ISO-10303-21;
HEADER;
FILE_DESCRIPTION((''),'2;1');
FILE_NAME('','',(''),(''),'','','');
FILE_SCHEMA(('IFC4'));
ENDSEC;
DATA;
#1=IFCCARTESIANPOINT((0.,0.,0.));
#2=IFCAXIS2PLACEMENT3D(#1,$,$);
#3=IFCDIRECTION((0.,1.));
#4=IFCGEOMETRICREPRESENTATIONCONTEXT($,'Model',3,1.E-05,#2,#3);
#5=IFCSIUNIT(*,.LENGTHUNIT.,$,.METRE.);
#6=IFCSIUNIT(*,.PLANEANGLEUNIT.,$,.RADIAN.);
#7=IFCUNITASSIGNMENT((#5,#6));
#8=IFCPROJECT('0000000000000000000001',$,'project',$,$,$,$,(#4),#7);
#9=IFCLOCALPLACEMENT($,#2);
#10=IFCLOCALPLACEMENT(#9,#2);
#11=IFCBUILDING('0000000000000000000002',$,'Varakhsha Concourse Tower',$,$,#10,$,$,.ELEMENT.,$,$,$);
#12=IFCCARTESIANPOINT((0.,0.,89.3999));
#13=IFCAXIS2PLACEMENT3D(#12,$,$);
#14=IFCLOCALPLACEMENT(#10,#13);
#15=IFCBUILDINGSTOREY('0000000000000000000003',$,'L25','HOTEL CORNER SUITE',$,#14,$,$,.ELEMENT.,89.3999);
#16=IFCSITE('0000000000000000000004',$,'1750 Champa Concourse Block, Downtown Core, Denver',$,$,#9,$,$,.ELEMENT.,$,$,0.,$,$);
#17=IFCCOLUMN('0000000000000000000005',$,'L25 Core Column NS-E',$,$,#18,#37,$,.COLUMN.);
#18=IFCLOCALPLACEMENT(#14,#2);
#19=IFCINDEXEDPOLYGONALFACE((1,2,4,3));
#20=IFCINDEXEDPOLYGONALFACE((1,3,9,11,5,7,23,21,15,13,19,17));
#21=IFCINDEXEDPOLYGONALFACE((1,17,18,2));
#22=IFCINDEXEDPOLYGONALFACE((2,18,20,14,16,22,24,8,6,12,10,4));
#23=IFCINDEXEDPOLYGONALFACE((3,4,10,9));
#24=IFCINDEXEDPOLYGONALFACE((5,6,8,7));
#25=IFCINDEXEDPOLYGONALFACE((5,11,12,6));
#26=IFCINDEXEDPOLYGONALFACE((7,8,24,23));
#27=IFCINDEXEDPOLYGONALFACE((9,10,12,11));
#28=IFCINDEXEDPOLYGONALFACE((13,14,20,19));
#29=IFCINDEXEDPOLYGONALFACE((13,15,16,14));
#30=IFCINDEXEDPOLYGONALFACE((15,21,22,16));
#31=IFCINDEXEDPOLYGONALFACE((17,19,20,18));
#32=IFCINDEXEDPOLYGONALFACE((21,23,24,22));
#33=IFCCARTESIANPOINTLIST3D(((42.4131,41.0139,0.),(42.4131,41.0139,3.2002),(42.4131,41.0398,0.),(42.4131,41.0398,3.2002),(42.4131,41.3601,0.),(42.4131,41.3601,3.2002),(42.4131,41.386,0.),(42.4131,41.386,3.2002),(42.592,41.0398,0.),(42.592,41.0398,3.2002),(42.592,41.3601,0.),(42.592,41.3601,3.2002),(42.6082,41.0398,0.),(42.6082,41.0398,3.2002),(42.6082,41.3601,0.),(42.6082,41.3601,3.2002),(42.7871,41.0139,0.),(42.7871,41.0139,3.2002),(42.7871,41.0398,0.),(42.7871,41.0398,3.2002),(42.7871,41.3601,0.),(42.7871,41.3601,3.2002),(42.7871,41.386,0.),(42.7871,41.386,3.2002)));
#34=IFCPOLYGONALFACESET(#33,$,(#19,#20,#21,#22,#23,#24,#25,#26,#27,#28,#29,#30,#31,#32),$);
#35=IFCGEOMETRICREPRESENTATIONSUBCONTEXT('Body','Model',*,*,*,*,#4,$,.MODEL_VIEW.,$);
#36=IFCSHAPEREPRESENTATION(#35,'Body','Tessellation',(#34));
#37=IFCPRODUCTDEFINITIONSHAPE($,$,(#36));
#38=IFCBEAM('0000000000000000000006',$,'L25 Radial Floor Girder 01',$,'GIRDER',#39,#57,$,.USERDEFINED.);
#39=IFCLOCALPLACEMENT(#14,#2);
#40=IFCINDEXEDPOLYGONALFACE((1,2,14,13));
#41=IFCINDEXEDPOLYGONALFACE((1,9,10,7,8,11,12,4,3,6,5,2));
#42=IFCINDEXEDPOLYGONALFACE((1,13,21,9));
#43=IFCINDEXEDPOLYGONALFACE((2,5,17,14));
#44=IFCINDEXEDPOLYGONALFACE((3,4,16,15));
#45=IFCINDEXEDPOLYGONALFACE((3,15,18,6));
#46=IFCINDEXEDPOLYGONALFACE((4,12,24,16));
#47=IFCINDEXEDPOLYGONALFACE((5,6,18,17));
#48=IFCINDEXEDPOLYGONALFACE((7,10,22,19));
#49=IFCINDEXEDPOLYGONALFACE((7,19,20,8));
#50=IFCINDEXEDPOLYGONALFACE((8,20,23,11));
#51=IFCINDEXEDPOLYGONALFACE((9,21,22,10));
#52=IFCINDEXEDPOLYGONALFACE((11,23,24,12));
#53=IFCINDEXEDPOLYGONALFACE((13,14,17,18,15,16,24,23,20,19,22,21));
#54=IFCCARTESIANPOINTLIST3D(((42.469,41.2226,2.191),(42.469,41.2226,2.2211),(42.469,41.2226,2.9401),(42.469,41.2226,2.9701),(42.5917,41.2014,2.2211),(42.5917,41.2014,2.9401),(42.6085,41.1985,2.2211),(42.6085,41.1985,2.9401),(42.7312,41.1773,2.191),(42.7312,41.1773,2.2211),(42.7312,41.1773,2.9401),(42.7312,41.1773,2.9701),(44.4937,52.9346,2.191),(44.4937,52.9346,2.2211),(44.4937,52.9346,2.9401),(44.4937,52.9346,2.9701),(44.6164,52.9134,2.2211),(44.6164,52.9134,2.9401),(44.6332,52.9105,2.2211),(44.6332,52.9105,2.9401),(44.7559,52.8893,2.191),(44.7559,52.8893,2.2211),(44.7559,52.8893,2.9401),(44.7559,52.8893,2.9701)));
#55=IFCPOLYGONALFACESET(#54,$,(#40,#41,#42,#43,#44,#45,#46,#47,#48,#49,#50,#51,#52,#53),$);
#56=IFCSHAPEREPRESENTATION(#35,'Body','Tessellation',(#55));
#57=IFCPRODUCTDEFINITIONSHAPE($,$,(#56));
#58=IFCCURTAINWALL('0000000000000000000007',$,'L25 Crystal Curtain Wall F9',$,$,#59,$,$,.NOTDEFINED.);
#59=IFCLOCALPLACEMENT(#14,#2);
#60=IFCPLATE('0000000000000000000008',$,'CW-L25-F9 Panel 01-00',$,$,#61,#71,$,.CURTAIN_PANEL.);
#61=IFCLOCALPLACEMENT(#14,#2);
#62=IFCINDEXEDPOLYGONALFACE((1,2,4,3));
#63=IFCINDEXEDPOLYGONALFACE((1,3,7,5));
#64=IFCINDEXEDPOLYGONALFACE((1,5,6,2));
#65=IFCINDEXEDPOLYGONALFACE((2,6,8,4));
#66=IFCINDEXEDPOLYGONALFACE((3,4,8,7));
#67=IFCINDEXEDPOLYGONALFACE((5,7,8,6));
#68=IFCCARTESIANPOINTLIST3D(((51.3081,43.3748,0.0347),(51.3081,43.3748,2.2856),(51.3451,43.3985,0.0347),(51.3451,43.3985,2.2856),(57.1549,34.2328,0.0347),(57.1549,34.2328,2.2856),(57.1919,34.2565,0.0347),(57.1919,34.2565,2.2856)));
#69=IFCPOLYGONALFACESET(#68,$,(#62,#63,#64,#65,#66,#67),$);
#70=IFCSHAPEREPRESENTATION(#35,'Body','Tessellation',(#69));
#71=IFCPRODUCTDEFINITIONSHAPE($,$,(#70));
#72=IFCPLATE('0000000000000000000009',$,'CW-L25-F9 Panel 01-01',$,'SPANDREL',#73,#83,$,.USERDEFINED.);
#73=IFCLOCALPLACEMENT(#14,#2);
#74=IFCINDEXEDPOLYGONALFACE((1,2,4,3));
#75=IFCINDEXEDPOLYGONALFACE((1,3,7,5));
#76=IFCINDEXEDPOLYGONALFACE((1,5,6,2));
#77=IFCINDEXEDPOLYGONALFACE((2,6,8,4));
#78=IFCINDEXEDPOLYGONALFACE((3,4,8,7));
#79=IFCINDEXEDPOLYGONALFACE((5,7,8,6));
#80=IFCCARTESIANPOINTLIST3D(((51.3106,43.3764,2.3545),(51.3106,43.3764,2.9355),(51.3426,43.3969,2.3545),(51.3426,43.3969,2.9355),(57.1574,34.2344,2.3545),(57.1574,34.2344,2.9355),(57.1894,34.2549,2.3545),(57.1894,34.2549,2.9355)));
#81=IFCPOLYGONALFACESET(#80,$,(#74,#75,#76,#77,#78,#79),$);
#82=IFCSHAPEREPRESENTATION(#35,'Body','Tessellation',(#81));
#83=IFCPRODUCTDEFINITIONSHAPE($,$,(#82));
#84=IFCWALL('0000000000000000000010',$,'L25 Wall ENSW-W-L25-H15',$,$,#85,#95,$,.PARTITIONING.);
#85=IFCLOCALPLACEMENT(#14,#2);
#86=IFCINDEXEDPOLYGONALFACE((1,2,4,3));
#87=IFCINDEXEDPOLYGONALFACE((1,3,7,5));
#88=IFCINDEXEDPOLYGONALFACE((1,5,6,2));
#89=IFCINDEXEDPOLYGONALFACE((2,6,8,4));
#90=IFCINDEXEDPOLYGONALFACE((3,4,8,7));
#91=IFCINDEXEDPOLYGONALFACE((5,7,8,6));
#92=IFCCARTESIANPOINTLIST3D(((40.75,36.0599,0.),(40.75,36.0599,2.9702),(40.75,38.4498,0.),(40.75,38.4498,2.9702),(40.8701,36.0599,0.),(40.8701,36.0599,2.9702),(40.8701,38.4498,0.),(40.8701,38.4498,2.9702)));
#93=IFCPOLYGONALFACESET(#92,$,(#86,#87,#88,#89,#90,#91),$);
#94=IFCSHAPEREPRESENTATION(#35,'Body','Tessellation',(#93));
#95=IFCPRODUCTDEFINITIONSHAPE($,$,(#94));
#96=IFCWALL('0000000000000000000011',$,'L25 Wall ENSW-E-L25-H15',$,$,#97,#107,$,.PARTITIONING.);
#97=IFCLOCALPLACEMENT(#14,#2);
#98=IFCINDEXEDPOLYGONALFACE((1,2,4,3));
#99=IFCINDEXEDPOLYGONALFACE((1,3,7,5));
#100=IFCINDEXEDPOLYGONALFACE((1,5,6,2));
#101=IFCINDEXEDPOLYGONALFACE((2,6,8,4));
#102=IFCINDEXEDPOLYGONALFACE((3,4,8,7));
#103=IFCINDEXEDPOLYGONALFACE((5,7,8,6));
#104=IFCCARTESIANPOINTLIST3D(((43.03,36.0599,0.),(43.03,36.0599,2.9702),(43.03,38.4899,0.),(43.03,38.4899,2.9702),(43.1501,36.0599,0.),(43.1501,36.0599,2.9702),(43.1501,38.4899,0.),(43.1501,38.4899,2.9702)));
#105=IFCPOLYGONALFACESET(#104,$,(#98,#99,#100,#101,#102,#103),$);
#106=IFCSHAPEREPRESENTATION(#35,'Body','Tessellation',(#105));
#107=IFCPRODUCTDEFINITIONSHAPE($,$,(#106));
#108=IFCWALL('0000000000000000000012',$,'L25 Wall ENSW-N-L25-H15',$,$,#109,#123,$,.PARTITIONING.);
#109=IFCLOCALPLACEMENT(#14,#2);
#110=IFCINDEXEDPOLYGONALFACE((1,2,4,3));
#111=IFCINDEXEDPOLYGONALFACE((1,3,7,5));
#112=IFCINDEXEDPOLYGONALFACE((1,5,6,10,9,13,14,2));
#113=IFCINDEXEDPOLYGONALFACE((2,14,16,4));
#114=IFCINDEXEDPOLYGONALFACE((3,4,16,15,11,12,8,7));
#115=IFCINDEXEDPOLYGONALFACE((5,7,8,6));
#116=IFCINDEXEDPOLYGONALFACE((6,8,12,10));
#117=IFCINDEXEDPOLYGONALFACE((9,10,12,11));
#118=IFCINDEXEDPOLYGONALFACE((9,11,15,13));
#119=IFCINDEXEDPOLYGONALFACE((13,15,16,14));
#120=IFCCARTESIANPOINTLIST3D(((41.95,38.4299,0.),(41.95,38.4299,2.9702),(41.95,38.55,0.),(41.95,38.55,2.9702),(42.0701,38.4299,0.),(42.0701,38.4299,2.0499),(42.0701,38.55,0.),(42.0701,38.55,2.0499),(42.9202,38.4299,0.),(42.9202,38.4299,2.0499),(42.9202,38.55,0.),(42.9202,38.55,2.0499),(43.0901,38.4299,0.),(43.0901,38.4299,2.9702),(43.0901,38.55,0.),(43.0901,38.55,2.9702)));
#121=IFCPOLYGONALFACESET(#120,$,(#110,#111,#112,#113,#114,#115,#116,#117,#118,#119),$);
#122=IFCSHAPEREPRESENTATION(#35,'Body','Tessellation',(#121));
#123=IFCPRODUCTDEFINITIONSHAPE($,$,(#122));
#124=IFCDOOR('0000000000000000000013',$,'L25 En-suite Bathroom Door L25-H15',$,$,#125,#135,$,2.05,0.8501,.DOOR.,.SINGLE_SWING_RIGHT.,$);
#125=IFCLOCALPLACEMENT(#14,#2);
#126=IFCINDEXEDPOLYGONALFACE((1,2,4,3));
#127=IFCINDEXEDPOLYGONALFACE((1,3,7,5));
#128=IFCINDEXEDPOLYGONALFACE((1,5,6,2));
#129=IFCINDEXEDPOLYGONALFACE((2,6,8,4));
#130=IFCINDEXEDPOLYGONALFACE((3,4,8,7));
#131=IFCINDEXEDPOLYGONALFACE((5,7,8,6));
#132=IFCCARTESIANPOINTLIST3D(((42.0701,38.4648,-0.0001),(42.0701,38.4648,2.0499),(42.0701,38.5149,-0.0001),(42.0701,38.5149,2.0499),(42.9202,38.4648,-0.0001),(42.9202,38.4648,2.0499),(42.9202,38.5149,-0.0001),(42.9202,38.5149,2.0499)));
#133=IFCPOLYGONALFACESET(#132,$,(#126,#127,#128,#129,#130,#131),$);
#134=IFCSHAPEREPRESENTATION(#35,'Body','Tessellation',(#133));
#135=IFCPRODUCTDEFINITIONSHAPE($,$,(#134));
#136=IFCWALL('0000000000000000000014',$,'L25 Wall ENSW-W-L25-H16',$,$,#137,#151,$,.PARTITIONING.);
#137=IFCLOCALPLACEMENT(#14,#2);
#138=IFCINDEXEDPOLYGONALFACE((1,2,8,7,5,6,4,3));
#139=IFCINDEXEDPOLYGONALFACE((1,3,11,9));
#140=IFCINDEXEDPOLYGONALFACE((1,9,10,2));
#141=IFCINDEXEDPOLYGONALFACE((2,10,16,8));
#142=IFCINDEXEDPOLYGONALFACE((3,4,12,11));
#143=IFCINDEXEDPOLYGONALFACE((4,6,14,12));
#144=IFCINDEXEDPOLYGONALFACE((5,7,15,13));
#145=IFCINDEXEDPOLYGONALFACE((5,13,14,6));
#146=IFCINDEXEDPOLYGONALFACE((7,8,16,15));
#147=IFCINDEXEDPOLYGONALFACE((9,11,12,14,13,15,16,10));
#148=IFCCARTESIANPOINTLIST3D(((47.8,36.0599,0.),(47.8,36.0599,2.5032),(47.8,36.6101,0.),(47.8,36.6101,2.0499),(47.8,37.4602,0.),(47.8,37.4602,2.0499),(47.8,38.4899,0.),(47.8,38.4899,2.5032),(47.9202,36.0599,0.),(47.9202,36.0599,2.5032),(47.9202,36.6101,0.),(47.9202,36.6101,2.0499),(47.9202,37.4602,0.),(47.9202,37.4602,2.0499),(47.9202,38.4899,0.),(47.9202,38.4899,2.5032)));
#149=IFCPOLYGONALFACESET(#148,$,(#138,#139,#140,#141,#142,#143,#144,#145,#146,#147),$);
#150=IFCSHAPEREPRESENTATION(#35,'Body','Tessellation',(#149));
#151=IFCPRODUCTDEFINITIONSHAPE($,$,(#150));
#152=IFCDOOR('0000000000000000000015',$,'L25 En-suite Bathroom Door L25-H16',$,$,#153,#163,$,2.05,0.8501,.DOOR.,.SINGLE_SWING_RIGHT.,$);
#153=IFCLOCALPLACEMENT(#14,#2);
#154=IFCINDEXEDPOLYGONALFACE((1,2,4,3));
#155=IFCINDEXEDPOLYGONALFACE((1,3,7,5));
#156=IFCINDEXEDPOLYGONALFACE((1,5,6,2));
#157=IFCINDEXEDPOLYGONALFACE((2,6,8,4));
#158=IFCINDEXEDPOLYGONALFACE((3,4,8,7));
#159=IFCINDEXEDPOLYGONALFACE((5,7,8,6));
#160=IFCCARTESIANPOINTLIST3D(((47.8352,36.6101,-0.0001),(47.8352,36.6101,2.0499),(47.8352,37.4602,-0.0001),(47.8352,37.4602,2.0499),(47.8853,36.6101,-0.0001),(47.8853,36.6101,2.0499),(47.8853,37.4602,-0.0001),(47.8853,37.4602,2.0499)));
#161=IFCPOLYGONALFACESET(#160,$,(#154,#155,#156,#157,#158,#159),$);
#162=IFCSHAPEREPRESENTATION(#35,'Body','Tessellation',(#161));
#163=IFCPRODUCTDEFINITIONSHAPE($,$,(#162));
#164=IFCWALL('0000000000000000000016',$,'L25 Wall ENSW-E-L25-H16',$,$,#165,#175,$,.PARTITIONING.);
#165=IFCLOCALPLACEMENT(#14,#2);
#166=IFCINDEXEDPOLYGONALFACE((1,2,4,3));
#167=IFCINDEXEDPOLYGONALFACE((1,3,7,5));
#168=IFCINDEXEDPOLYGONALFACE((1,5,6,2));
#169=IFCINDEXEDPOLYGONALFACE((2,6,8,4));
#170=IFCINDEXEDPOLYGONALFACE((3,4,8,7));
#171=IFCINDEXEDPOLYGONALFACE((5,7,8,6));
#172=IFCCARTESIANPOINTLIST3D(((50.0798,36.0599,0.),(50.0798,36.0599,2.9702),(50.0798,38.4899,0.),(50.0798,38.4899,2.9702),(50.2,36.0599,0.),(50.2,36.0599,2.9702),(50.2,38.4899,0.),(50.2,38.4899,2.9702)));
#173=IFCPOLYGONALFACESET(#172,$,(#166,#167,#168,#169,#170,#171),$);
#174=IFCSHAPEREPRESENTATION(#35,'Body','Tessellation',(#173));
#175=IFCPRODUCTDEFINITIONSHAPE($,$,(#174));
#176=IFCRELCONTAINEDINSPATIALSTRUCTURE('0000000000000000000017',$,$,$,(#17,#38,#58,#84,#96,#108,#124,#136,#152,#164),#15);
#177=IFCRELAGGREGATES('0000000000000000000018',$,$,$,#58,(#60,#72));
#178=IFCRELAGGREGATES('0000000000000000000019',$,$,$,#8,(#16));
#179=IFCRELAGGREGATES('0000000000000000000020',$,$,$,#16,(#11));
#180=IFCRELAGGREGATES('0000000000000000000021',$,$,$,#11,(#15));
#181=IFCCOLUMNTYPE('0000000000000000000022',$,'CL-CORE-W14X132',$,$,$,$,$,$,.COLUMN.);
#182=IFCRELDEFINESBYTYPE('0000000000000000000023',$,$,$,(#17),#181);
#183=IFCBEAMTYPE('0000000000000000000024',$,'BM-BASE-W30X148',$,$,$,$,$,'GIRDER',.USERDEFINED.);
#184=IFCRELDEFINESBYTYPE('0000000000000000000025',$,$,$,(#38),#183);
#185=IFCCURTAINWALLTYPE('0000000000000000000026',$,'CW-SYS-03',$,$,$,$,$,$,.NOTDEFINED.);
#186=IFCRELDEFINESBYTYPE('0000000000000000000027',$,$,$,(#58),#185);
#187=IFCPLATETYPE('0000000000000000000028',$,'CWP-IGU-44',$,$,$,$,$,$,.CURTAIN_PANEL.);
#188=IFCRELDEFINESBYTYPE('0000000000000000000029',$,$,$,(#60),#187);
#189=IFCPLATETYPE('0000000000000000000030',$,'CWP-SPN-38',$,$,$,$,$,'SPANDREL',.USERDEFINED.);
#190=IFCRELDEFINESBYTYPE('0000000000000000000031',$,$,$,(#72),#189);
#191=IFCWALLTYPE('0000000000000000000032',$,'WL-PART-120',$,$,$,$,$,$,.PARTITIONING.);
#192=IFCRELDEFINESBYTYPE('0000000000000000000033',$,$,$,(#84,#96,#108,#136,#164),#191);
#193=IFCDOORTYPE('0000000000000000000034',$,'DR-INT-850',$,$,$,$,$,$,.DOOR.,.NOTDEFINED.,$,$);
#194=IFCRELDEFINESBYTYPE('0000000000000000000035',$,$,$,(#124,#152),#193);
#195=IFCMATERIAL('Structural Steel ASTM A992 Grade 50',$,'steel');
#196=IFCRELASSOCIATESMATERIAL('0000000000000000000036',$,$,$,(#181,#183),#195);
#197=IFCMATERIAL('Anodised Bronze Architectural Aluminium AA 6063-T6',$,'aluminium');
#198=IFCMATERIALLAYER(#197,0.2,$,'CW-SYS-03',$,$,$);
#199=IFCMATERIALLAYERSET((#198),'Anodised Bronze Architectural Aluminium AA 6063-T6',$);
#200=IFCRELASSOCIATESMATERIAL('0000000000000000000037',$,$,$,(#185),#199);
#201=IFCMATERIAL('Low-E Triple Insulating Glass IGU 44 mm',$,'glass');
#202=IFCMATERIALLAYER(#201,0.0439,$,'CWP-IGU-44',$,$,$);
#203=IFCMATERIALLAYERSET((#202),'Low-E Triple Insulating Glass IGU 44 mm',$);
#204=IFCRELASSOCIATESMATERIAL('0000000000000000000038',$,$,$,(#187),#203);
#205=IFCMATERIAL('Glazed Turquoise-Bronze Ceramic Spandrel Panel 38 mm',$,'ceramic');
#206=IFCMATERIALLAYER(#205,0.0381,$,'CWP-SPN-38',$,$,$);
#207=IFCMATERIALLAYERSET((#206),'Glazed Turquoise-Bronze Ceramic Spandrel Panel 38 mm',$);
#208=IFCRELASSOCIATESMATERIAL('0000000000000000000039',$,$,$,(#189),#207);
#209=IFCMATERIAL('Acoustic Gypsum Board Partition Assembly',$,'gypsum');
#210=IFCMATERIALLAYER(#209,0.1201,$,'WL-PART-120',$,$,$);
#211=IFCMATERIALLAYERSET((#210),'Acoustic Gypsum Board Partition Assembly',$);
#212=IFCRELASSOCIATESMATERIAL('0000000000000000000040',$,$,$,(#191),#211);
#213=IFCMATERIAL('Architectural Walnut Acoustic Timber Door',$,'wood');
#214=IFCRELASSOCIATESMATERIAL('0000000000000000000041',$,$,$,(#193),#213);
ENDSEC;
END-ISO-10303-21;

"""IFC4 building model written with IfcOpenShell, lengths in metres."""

from ifc_helpers import new_model, si_unit, direction, frame, frame_2d, origin, origin_2d, place, context, subcontext, project, spatial, rectangle, i_section, extrude, source, transform, mapped, material, layer, layer_set, material_profile, profile_set, type_object, type_shapes, element, fill, aggregate, save


model = new_model("IFC4")

# Units and contexts
model_context = context("Model", 3, precision=1e-05, world=origin(), true_north=direction((0.0, 1.0)))
body_context = subcontext(model_context, "Body", "Model", "MODEL_VIEW")
ifc_project = project(units=[si_unit("LENGTHUNIT", "METRE"), si_unit("PLANEANGLEUNIT", "RADIAN")], contexts=[model_context])

# Site, building, storey
site_placement = place(None, origin())
site = spatial("IfcSite", under=ifc_project, at=site_placement, Name="1750 Champa Concourse Block, Downtown Core, Denver", CompositionType="ELEMENT", RefElevation=0.0)
building_placement = place(site_placement, origin())
building = spatial("IfcBuilding", under=site, at=building_placement, Name="Varakhsha Concourse Tower", CompositionType="ELEMENT")
storey_placement = place(building_placement, frame((0.0, 0.0, 89.3999)))
storey = spatial("IfcBuildingStorey", under=building, at=storey_placement, Name="L25", Description="HOTEL CORNER SUITE", CompositionType="ELEMENT", Elevation=89.3999)

# Column
ifc_material_1 = material(Name="Structural Steel ASTM A992 Grade 50", Category="steel")
ifc_material_profile_1 = material_profile(ifc_material_1, i_section(OverallWidth=0.374, OverallDepth=0.3721, WebThickness=0.0161, FlangeThickness=0.0259, at=origin_2d()), Name="W14X132")
ifc_profile_set_1 = profile_set([ifc_material_profile_1], Name="Structural Steel ASTM A992 Grade 50")
column_type = type_object("IfcColumnType", Name="CL-CORE-W14X132", PredefinedType="COLUMN", material=ifc_profile_set_1)
column_placement = place(storey_placement, frame((42.6001, 41.2, 0.0), z_axis=(0.0, 0.0, 1.0), x_axis=(1.0, 0.0, 0.0)))
element("IfcColumn", 1, at=column_placement, inside=storey, type_object=column_type, Name="L25 Core Column NS-E", PredefinedType="COLUMN", context=body_context, shape_type="SweptSolid", body=[
    extrude(i_section(OverallWidth=0.374, OverallDepth=0.3721, WebThickness=0.0161, FlangeThickness=0.0259, at=origin_2d()), origin(), (0.0, 0.0, 1.0), 3.2002),
])

# Beam
ifc_material_profile_2 = material_profile(ifc_material_1, i_section(OverallWidth=0.2661, OverallDepth=0.7791, WebThickness=0.0171, FlangeThickness=0.03, at=origin_2d()), Name="W30X148")
ifc_profile_set_2 = profile_set([ifc_material_profile_2], Name="Structural Steel ASTM A992 Grade 50")
beam_type = type_object("IfcBeamType", Name="BM-BASE-W30X148", ElementType="GIRDER", PredefinedType="USERDEFINED", material=ifc_profile_set_2)
beam_placement = place(storey_placement, frame((42.6001, 41.2, 2.5806), z_axis=(0.170345, 0.985384, 0.0), x_axis=(-0.985384, 0.170345, 0.0)))
element("IfcBeam", 2, at=beam_placement, inside=storey, type_object=beam_type, Name="L25 Radial Floor Girder 01", ObjectType="GIRDER", PredefinedType="USERDEFINED", context=body_context, shape_type="SweptSolid", body=[
    extrude(i_section(OverallWidth=0.2661, OverallDepth=0.7791, WebThickness=0.0171, FlangeThickness=0.03, at=origin_2d()), origin(), (0.0, 0.0, 1.0), 11.8857),
])

# Curtain wall, plates
ifc_material_2 = material(Name="Anodised Bronze Architectural Aluminium AA 6063-T6", Category="aluminium")
ifc_layer_1 = layer(ifc_material_2, 0.2, Name="CW-SYS-03")
ifc_layer_set_1 = layer_set([ifc_layer_1], Name="Anodised Bronze Architectural Aluminium AA 6063-T6")
curtain_wall_type = type_object("IfcCurtainWallType", Name="CW-SYS-03", PredefinedType="NOTDEFINED", material=ifc_layer_set_1)
curtain_wall_placement = place(storey_placement, origin())
curtain_wall = element("IfcCurtainWall", 3, at=curtain_wall_placement, inside=storey, type_object=curtain_wall_type, Name="L25 Crystal Curtain Wall F9", PredefinedType="NOTDEFINED")
ifc_material_3 = material(Name="Low-E Triple Insulating Glass IGU 44 mm", Category="glass")
ifc_layer_2 = layer(ifc_material_3, 0.0439, Name="CWP-IGU-44")
ifc_layer_set_2 = layer_set([ifc_layer_2], Name="Low-E Triple Insulating Glass IGU 44 mm")
plate_type_1 = type_object("IfcPlateType", Name="CWP-IGU-44", PredefinedType="CURTAIN_PANEL", material=ifc_layer_set_2)
shared_shape_1 = source(origin(), body_context, "Body", "SweptSolid", [
    extrude(rectangle(XDim=10.8518, YDim=0.0439, at=origin_2d()), origin(), (0.0, 0.0, 1.0), 2.251),
])
type_shapes(plate_type_1, [shared_shape_1])
plate_1_placement = place(storey_placement, frame((54.25, 38.8157, 0.0347), z_axis=(0.0, 0.0, 1.0), x_axis=(0.538787, -0.842442, 0.0)))
plate_1 = element("IfcPlate", 4, at=plate_1_placement, type_object=plate_type_1, Name="CW-L25-F9 Panel 01-00", PredefinedType="CURTAIN_PANEL", context=body_context, shape_type="MappedRepresentation", body=[
    mapped(shared_shape_1, transform((0.0, 0.0, 0.0), scale=1.0)),
])
ifc_material_4 = material(Name="Glazed Turquoise-Bronze Ceramic Spandrel Panel 38 mm", Category="ceramic")
ifc_layer_3 = layer(ifc_material_4, 0.0381, Name="CWP-SPN-38")
ifc_layer_set_3 = layer_set([ifc_layer_3], Name="Glazed Turquoise-Bronze Ceramic Spandrel Panel 38 mm")
plate_type_2 = type_object("IfcPlateType", Name="CWP-SPN-38", ElementType="SPANDREL", PredefinedType="USERDEFINED", material=ifc_layer_set_3)
shared_shape_2 = source(origin(), body_context, "Body", "SweptSolid", [
    extrude(rectangle(XDim=10.8518, YDim=0.0381, at=origin_2d()), origin(), (0.0, 0.0, 1.0), 0.5811),
])
type_shapes(plate_type_2, [shared_shape_2])
plate_2_placement = place(storey_placement, frame((54.25, 38.8157, 2.3545), z_axis=(0.0, 0.0, 1.0), x_axis=(0.538787, -0.842442, 0.0)))
plate_2 = element("IfcPlate", 5, at=plate_2_placement, type_object=plate_type_2, Name="CW-L25-F9 Panel 01-01", ObjectType="SPANDREL", PredefinedType="USERDEFINED", context=body_context, shape_type="MappedRepresentation", body=[
    mapped(shared_shape_2, transform((0.0, 0.0, 0.0), scale=1.0)),
])
aggregate(curtain_wall, [plate_1, plate_2])

# Walls
ifc_material_5 = material(Name="Acoustic Gypsum Board Partition Assembly", Category="gypsum")
ifc_layer_4 = layer(ifc_material_5, 0.1201, Name="WL-PART-120")
ifc_layer_set_4 = layer_set([ifc_layer_4], Name="Acoustic Gypsum Board Partition Assembly")
wall_type_1 = type_object("IfcWallType", Name="WL-PART-120", PredefinedType="PARTITIONING", material=ifc_layer_set_4)
wall_1_placement = place(storey_placement, frame((40.8101, 36.0601, 0.0), z_axis=(0.0, 0.0, 1.0), x_axis=(0.0, 1.0, 0.0)))
element("IfcWall", 6, at=wall_1_placement, inside=storey, type_object=wall_type_1, Name="L25 Wall ENSW-W-L25-H15", PredefinedType="PARTITIONING", context=body_context, shape_type="SweptSolid", body=[
    extrude(rectangle(XDim=2.3899, YDim=0.1201, at=frame_2d((1.1948, 0.0))), origin(), (0.0, 0.0, 1.0), 2.9702),
])
wall_2_placement = place(storey_placement, frame((43.0901, 36.0601, 0.0), z_axis=(0.0, 0.0, 1.0), x_axis=(0.0, 1.0, 0.0)))
element("IfcWall", 7, at=wall_2_placement, inside=storey, type_object=wall_type_1, Name="L25 Wall ENSW-E-L25-H15", PredefinedType="PARTITIONING", context=body_context, shape_type="SweptSolid", body=[
    extrude(rectangle(XDim=2.4299, YDim=0.1201, at=frame_2d((1.2148, 0.0))), origin(), (0.0, 0.0, 1.0), 2.9702),
])

# Walls, openings, doors
wall_3_placement = place(storey_placement, frame((41.95, 38.49, 0.0), z_axis=(0.0, 0.0, 1.0), x_axis=(1.0, 0.0, 0.0)))
wall_3 = element("IfcWall", 8, at=wall_3_placement, inside=storey, type_object=wall_type_1, Name="L25 Wall ENSW-N-L25-H15", PredefinedType="PARTITIONING", context=body_context, shape_type="SweptSolid", body=[
    extrude(rectangle(XDim=1.1401, YDim=0.1201, at=frame_2d((0.5701, 0.0))), origin(), (0.0, 0.0, 1.0), 2.9702),
])
opening_1_placement = place(wall_3_placement, frame((0.1201, 0.0, 0.0)))
opening_1 = element("IfcOpeningElement", 9, at=opening_1_placement, cuts=wall_3, PredefinedType="OPENING", context=body_context, shape_type="SweptSolid", body=[
    extrude(rectangle(XDim=0.8501, YDim=2.05, at=frame_2d((0.425, 1.0249))), frame((0.0, 0.0701, 0.0), z_axis=(0.0, -1.0, 0.0), x_axis=(1.0, 0.0, 0.0)), (0.0, 0.0, 1.0), 0.1401),
])
ifc_material_6 = material(Name="Architectural Walnut Acoustic Timber Door", Category="wood")
door_type_1 = type_object("IfcDoorType", Name="DR-INT-850", OperationType="NOTDEFINED", PredefinedType="DOOR", material=ifc_material_6)
door_1_placement = place(opening_1_placement, origin())
door_1 = element("IfcDoor", 10, at=door_1_placement, inside=storey, type_object=door_type_1, Name="L25 En-suite Bathroom Door L25-H15", OperationType="SINGLE_SWING_RIGHT", OverallHeight=2.05, OverallWidth=0.8501, PredefinedType="DOOR", context=body_context, shape_type="SweptSolid", body=[
    extrude(rectangle(XDim=0.8501, YDim=2.05, at=frame_2d((0.425, 1.0249))), frame((0.0, 0.0249, 0.0), z_axis=(0.0, -1.0, 0.0), x_axis=(1.0, 0.0, 0.0)), (0.0, 0.0, 1.0), 0.05),
])
fill(opening_1, door_1)
wall_4_placement = place(storey_placement, frame((47.8601, 36.0601, 0.0), z_axis=(0.0, 0.0, 1.0), x_axis=(0.0, 1.0, 0.0)))
wall_4 = element("IfcWall", 11, at=wall_4_placement, inside=storey, type_object=wall_type_1, Name="L25 Wall ENSW-W-L25-H16", PredefinedType="PARTITIONING", context=body_context, shape_type="SweptSolid", body=[
    extrude(rectangle(XDim=2.4299, YDim=0.1201, at=frame_2d((1.2148, 0.0))), origin(), (0.0, 0.0, 1.0), 2.5032),
])
opening_2_placement = place(wall_4_placement, frame((0.55, 0.0, 0.0)))
opening_2 = element("IfcOpeningElement", 12, at=opening_2_placement, cuts=wall_4, PredefinedType="OPENING", context=body_context, shape_type="SweptSolid", body=[
    extrude(rectangle(XDim=0.8501, YDim=2.05, at=frame_2d((0.425, 1.0249))), frame((0.0, 0.0701, 0.0), z_axis=(0.0, -1.0, 0.0), x_axis=(1.0, 0.0, 0.0)), (0.0, 0.0, 1.0), 0.1401),
])
door_2_placement = place(opening_2_placement, origin())
door_2 = element("IfcDoor", 13, at=door_2_placement, inside=storey, type_object=door_type_1, Name="L25 En-suite Bathroom Door L25-H16", OperationType="SINGLE_SWING_RIGHT", OverallHeight=2.05, OverallWidth=0.8501, PredefinedType="DOOR", context=body_context, shape_type="SweptSolid", body=[
    extrude(rectangle(XDim=0.8501, YDim=2.05, at=frame_2d((0.425, 1.0249))), frame((0.0, 0.0249, 0.0), z_axis=(0.0, -1.0, 0.0), x_axis=(1.0, 0.0, 0.0)), (0.0, 0.0, 1.0), 0.05),
])
fill(opening_2, door_2)

# Wall
wall_5_placement = place(storey_placement, frame((50.1399, 36.0601, 0.0), z_axis=(0.0, 0.0, 1.0), x_axis=(0.0, 1.0, 0.0)))
element("IfcWall", 14, at=wall_5_placement, inside=storey, type_object=wall_type_1, Name="L25 Wall ENSW-E-L25-H16", PredefinedType="PARTITIONING", context=body_context, shape_type="SweptSolid", body=[
    extrude(rectangle(XDim=2.4299, YDim=0.1201, at=frame_2d((1.2148, 0.0))), origin(), (0.0, 0.0, 1.0), 2.9702),
])

save(model, "model.ifc")
